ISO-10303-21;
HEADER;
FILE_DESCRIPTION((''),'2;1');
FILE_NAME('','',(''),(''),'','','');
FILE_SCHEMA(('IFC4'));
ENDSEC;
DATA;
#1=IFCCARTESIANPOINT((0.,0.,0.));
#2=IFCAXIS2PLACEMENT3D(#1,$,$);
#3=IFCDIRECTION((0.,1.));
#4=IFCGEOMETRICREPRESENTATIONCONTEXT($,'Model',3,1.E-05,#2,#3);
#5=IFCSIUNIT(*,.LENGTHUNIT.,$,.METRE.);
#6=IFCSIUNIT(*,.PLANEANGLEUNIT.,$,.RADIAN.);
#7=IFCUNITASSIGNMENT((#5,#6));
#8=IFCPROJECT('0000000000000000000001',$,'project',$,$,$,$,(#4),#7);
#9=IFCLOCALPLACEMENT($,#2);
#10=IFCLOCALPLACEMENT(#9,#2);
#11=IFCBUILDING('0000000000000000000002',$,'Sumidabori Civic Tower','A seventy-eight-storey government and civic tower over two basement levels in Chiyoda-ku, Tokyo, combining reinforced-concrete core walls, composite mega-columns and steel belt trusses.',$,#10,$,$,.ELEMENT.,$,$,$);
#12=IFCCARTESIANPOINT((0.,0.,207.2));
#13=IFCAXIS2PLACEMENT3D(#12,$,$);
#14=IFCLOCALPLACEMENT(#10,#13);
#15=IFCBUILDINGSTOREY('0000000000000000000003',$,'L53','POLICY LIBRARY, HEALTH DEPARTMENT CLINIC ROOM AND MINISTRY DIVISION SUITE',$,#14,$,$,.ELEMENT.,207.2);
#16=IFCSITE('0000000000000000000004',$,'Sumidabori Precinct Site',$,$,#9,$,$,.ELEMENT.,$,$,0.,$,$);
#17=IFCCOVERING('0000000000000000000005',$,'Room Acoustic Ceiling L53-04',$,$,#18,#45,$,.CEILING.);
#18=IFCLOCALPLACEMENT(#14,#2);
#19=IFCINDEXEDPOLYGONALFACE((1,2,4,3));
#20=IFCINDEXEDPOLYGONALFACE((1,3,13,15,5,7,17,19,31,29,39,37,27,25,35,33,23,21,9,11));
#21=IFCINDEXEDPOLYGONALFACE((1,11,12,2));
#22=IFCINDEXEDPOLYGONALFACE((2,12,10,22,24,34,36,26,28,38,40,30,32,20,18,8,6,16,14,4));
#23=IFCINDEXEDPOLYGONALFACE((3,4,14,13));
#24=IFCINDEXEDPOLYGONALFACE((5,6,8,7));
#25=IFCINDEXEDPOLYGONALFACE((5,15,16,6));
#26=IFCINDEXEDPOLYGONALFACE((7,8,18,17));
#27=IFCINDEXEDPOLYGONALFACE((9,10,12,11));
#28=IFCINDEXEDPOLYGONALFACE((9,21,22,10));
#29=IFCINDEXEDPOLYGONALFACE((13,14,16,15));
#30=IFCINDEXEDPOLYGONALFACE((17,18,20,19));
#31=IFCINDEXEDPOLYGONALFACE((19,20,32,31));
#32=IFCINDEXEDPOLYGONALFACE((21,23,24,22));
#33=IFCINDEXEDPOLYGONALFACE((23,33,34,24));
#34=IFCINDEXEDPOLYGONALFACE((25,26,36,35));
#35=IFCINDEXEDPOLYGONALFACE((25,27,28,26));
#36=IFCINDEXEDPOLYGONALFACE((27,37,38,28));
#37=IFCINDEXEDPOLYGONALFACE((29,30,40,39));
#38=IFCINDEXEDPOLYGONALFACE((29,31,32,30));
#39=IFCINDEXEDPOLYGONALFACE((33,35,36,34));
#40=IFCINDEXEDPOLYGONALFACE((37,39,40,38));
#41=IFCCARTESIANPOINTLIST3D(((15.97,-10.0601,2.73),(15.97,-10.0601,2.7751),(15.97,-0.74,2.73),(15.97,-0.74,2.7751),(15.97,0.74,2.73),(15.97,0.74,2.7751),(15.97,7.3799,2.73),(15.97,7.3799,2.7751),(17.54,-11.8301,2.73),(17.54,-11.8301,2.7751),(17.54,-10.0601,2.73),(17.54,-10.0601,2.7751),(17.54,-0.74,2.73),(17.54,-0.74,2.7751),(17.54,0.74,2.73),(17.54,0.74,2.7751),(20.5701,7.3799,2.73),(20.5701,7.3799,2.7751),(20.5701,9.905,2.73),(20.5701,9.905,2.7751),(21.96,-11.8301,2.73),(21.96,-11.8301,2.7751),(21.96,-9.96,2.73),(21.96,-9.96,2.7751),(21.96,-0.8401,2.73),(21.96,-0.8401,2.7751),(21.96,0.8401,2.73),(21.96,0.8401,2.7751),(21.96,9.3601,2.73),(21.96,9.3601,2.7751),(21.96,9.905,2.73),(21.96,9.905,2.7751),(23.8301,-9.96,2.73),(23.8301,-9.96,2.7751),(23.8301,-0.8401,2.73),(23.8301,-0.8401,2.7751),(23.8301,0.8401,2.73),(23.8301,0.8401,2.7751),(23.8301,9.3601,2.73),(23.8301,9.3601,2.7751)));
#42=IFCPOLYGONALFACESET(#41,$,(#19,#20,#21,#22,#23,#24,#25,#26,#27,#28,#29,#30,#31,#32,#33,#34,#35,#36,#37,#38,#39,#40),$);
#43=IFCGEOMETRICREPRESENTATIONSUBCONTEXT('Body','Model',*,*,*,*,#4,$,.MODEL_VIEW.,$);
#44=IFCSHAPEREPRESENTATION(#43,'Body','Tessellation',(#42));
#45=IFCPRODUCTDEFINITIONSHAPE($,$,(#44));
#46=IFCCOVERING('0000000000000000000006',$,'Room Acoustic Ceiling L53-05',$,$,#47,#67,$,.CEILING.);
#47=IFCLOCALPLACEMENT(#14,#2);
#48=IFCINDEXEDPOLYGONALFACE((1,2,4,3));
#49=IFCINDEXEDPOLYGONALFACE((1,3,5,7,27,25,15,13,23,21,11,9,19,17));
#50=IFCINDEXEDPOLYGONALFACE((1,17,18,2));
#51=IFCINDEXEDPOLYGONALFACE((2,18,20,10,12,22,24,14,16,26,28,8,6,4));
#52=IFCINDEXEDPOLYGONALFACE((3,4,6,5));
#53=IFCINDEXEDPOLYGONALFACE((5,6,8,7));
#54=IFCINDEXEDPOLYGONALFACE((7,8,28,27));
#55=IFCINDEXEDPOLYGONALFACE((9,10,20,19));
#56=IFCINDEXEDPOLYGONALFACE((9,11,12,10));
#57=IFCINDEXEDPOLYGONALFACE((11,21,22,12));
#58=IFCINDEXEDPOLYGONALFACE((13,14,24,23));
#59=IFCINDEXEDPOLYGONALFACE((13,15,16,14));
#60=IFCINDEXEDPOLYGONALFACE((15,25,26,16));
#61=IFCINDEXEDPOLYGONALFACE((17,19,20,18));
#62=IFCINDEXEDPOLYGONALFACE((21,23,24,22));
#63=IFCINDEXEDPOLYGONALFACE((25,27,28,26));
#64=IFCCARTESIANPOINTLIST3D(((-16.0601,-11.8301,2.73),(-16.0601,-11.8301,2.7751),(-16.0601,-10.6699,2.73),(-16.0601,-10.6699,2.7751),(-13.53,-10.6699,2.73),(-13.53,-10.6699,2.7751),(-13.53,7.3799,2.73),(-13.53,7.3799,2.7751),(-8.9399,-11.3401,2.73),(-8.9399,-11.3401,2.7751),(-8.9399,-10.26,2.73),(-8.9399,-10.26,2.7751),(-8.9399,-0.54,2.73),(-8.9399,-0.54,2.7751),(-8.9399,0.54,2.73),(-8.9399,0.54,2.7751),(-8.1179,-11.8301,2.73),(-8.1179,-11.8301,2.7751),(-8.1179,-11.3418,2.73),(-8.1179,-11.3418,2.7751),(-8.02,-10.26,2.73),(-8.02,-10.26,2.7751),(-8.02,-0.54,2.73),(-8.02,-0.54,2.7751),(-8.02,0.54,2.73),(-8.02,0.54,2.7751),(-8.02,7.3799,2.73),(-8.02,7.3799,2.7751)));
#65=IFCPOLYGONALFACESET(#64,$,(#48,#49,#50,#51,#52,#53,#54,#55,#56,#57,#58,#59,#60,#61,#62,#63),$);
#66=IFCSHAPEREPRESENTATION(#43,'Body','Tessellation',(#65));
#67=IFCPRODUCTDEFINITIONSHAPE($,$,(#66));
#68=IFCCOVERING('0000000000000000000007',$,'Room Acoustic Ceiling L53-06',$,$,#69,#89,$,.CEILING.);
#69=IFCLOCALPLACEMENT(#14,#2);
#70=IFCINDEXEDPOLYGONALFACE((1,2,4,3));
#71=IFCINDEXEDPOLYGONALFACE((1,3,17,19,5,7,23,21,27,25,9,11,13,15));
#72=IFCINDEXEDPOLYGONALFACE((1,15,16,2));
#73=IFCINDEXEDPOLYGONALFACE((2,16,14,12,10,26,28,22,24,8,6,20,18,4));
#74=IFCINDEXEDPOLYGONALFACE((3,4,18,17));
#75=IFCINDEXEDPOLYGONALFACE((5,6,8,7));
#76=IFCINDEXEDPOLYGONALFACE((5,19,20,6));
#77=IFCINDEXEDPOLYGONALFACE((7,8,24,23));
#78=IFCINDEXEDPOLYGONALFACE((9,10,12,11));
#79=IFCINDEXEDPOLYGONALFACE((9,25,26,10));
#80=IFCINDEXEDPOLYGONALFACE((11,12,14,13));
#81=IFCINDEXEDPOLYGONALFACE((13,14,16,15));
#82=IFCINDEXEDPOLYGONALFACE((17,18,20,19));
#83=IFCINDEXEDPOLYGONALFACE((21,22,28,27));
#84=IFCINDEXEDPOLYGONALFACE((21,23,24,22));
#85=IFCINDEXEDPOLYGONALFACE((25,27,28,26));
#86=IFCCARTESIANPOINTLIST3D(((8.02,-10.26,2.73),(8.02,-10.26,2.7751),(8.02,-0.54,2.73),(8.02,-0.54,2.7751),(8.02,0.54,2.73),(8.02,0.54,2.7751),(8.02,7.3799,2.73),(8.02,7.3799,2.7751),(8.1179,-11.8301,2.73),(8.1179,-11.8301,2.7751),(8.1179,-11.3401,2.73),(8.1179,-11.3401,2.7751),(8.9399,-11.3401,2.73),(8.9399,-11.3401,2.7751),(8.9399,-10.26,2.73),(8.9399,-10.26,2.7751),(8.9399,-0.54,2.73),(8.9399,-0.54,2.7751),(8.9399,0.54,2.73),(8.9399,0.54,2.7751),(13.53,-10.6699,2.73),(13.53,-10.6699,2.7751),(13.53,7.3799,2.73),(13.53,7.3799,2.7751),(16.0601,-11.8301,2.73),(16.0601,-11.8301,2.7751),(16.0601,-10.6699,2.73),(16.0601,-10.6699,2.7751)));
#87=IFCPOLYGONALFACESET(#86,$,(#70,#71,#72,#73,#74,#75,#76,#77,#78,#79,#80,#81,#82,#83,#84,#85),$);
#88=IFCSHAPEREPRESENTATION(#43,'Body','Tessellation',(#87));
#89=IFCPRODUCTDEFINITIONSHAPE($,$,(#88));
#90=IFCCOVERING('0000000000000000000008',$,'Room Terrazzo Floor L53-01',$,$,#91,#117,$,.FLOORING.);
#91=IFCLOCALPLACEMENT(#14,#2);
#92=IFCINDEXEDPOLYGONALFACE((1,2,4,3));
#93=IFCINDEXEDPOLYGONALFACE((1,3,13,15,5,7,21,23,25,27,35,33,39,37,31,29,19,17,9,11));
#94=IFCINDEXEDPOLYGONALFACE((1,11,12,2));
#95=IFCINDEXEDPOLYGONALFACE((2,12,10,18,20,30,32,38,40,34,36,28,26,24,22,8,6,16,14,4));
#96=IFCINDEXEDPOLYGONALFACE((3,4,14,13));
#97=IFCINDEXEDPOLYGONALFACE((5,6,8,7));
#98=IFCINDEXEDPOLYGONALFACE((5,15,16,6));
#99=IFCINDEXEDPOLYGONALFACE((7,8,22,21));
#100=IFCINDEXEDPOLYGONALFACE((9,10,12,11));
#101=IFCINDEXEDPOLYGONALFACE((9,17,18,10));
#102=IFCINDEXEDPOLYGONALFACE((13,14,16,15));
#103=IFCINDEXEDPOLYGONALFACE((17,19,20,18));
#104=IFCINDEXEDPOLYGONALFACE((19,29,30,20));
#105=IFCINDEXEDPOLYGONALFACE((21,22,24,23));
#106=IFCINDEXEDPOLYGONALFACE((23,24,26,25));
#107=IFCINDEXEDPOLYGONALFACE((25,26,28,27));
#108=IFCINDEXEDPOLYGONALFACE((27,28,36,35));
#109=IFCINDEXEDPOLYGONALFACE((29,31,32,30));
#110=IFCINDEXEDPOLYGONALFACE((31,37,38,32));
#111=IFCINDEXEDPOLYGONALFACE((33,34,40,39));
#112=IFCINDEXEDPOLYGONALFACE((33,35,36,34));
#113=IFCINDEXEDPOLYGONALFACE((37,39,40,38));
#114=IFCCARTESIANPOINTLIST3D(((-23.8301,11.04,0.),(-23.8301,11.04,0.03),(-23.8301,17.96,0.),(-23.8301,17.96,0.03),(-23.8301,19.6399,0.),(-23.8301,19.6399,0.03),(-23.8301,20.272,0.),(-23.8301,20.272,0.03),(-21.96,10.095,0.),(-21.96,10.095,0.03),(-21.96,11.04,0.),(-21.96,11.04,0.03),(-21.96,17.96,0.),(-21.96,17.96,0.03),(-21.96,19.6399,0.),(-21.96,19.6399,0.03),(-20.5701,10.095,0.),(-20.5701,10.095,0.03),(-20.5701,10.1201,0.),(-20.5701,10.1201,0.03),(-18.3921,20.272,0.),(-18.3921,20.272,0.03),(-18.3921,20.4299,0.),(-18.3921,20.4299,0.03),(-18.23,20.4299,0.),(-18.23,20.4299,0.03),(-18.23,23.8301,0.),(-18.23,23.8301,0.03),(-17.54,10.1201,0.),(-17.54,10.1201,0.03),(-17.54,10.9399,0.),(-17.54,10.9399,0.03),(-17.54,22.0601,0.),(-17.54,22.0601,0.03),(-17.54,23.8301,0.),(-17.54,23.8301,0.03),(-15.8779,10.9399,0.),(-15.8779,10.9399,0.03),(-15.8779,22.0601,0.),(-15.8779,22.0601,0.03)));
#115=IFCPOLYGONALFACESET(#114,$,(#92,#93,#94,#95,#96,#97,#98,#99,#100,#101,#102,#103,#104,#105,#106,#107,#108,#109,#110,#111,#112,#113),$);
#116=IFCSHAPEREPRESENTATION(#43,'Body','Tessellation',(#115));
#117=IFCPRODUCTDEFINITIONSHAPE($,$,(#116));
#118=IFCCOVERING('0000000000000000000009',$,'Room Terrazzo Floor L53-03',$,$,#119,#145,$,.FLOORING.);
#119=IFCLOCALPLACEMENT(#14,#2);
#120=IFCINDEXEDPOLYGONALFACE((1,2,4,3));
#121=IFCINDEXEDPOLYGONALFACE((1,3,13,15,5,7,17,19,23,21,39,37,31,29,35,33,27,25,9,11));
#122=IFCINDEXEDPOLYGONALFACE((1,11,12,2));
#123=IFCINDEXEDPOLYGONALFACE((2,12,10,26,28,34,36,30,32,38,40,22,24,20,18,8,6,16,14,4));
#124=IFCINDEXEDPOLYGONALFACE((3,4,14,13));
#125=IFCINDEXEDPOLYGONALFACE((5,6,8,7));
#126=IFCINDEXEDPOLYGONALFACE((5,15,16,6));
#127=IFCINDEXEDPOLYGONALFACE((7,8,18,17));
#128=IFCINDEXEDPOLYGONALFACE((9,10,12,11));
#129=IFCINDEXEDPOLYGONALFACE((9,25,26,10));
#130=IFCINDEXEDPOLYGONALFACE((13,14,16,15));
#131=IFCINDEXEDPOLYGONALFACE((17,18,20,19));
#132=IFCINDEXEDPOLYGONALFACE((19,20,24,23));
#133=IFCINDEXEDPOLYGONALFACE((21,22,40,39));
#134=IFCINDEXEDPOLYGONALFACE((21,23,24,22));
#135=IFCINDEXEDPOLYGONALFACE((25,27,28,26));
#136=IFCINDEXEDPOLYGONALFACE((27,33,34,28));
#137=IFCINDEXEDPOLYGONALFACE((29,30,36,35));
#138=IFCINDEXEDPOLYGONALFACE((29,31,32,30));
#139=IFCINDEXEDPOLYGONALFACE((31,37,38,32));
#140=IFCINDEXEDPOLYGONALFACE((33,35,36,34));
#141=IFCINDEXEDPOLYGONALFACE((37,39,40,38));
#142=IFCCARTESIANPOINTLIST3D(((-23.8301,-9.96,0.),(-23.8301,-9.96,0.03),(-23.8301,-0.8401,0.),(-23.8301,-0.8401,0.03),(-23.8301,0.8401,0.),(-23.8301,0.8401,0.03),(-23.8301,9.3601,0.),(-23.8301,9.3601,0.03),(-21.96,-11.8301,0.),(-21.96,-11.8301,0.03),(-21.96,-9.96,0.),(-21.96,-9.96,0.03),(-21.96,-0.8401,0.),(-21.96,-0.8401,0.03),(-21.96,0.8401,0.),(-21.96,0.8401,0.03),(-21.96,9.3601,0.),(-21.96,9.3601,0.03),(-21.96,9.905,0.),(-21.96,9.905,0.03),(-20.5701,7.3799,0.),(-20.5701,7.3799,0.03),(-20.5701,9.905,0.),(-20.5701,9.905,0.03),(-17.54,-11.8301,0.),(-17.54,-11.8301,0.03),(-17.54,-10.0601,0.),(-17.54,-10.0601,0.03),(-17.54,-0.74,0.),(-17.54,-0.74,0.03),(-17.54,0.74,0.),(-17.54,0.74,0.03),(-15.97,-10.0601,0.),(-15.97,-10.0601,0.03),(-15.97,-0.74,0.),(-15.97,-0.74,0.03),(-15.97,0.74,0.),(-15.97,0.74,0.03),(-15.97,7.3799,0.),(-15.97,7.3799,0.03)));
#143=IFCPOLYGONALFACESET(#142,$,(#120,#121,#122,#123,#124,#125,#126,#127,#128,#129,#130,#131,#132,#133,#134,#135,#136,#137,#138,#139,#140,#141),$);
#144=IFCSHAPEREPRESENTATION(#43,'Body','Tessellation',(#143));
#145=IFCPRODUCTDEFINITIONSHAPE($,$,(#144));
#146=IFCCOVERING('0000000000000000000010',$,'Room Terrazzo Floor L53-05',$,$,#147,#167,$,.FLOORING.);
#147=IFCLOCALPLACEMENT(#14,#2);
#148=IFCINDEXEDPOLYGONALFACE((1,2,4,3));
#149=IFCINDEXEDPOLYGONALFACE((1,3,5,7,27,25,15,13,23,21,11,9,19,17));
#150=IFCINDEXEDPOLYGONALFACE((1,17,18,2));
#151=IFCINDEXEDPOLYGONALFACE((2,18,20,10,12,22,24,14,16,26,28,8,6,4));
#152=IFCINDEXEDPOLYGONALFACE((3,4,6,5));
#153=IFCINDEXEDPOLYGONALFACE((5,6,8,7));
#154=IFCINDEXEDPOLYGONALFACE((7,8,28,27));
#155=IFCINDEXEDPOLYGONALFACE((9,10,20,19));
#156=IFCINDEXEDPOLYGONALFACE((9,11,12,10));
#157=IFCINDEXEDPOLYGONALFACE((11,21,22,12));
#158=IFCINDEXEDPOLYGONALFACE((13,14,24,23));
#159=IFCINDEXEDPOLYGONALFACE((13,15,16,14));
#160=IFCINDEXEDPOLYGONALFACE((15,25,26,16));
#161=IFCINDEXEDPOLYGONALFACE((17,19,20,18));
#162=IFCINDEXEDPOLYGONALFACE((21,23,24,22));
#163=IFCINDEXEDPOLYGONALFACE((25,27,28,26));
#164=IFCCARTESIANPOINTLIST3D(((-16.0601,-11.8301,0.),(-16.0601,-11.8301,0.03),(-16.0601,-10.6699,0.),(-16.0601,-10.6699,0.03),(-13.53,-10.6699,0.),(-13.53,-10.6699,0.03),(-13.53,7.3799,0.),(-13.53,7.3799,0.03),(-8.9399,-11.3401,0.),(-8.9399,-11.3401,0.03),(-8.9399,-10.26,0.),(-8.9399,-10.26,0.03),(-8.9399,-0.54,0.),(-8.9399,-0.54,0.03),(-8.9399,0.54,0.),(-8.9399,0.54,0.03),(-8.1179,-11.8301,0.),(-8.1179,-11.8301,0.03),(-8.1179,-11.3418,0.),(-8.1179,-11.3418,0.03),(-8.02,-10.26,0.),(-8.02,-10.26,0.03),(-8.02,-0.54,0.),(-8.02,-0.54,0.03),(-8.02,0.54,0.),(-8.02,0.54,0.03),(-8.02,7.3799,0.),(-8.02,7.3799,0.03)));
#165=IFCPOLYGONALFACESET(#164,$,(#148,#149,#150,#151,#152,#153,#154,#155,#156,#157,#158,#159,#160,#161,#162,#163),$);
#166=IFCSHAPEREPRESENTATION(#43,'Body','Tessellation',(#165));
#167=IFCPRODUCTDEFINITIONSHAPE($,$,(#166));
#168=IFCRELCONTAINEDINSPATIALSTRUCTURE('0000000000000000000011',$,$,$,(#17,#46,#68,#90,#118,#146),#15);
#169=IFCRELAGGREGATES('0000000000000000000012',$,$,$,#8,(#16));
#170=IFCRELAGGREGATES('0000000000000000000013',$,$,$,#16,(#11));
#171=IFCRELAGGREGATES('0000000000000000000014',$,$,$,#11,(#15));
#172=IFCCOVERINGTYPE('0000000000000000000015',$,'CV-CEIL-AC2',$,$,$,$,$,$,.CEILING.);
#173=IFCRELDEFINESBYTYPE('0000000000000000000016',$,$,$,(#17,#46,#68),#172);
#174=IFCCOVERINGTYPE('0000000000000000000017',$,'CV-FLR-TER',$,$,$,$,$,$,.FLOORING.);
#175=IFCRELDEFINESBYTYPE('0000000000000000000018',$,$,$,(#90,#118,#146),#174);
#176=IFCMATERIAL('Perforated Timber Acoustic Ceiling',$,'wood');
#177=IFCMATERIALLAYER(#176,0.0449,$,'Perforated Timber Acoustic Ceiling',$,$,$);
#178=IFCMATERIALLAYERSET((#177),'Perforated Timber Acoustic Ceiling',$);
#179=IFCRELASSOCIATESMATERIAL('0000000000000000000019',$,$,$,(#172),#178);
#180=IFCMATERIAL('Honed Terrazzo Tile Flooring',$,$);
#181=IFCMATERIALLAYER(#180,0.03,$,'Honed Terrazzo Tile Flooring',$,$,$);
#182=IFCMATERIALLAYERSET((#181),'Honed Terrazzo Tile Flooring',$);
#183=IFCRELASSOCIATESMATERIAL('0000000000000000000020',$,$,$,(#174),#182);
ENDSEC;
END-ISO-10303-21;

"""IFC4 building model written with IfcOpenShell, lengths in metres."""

from ifc_helpers import new_model, si_unit, direction, frame, origin, place, context, subcontext, project, spatial, polyline, outline, extrude, material, layer, layer_set, type_object, element, save


model = new_model("IFC4")

# Units and contexts
model_context = context("Model", 3, precision=1e-05, world=origin(), true_north=direction((0.0, 1.0)))
body_context = subcontext(model_context, "Body", "Model", "MODEL_VIEW")
ifc_project = project(units=[si_unit("LENGTHUNIT", "METRE"), si_unit("PLANEANGLEUNIT", "RADIAN")], contexts=[model_context])

# Site, building, storey
site_placement = place(None, origin())
site = spatial("IfcSite", under=ifc_project, at=site_placement, Name="Sumidabori Precinct Site", CompositionType="ELEMENT", RefElevation=0.0)
building_placement = place(site_placement, origin())
building = spatial("IfcBuilding", under=site, at=building_placement, Name="Sumidabori Civic Tower", Description="A seventy-eight-storey government and civic tower over two basement levels in Chiyoda-ku, Tokyo, combining reinforced-concrete core walls, composite mega-columns and steel belt trusses.", CompositionType="ELEMENT")
storey_placement = place(building_placement, frame((0.0, 0.0, 207.2)))
storey = spatial("IfcBuildingStorey", under=building, at=storey_placement, Name="L53", Description="POLICY LIBRARY, HEALTH DEPARTMENT CLINIC ROOM AND MINISTRY DIVISION SUITE", CompositionType="ELEMENT", Elevation=207.2)

# Coverings
ifc_material_1 = material(Name="Perforated Timber Acoustic Ceiling", Category="wood")
ifc_layer_1 = layer(ifc_material_1, 0.0449, Name="Perforated Timber Acoustic Ceiling")
ifc_layer_set_1 = layer_set([ifc_layer_1], Name="Perforated Timber Acoustic Ceiling")
covering_type_1 = type_object("IfcCoveringType", Name="CV-CEIL-AC2", PredefinedType="CEILING", material=ifc_layer_set_1)
covering_1_placement = place(storey_placement, frame((0.0, 0.0, 2.73)))
element("IfcCovering", 1, at=covering_1_placement, inside=storey, type_object=covering_type_1, Name="Room Acoustic Ceiling L53-04", PredefinedType="CEILING", context=body_context, shape_type="SweptSolid", body=[
    extrude(outline(polyline([(17.54, -10.0601), (15.97, -10.0601), (15.97, -0.74), (17.54, -0.74), (17.54, 0.74), (15.97, 0.74), (15.97, 7.3799), (20.5701, 7.3799), (20.5701, 9.905), (21.96, 9.905), (21.96, 9.3601), (23.8301, 9.3601), (23.8301, 0.8401), (21.96, 0.8401), (21.96, -0.8401), (23.8301, -0.8401), (23.8301, -9.96), (21.96, -9.96), (21.96, -11.8301), (17.54, -11.8301), (17.54, -10.0601)])), origin(), (0.0, 0.0, 1.0), 0.0452),
])
covering_2_placement = place(storey_placement, frame((0.0, 0.0, 2.73)))
element("IfcCovering", 2, at=covering_2_placement, inside=storey, type_object=covering_type_1, Name="Room Acoustic Ceiling L53-05", PredefinedType="CEILING", context=body_context, shape_type="SweptSolid", body=[
    extrude(outline(polyline([(-16.0601, -10.6699), (-13.53, -10.6699), (-13.53, 7.3799), (-8.02, 7.3799), (-8.02, 0.54), (-8.9399, 0.54), (-8.9399, -0.54), (-8.02, -0.54), (-8.02, -10.26), (-8.9399, -10.26), (-8.9399, -11.3401), (-8.1179, -11.3418), (-8.1179, -11.8301), (-16.0601, -11.8301), (-16.0601, -10.6699)])), origin(), (0.0, 0.0, 1.0), 0.0452),
])
covering_3_placement = place(storey_placement, frame((0.0, 0.0, 2.73)))
element("IfcCovering", 3, at=covering_3_placement, inside=storey, type_object=covering_type_1, Name="Room Acoustic Ceiling L53-06", PredefinedType="CEILING", context=body_context, shape_type="SweptSolid", body=[
    extrude(outline(polyline([(8.9399, -11.3401), (8.9399, -10.26), (8.02, -10.26), (8.02, -0.54), (8.9399, -0.54), (8.9399, 0.54), (8.02, 0.54), (8.02, 7.3799), (13.53, 7.3799), (13.53, -10.6699), (16.0601, -10.6699), (16.0601, -11.8301), (8.1179, -11.8301), (8.1179, -11.3401), (8.9399, -11.3401)])), origin(), (0.0, 0.0, 1.0), 0.0452),
])
ifc_material_2 = material(Name="Honed Terrazzo Tile Flooring")
ifc_layer_2 = layer(ifc_material_2, 0.03, Name="Honed Terrazzo Tile Flooring")
ifc_layer_set_2 = layer_set([ifc_layer_2], Name="Honed Terrazzo Tile Flooring")
covering_type_2 = type_object("IfcCoveringType", Name="CV-FLR-TER", PredefinedType="FLOORING", material=ifc_layer_set_2)
covering_4_placement = place(storey_placement, origin())
element("IfcCovering", 4, at=covering_4_placement, inside=storey, type_object=covering_type_2, Name="Room Terrazzo Floor L53-01", PredefinedType="FLOORING", context=body_context, shape_type="SweptSolid", body=[
    extrude(outline(polyline([(-23.8301, 17.96), (-21.96, 17.96), (-21.96, 19.6399), (-23.8301, 19.6399), (-23.8301, 20.272), (-18.3921, 20.272), (-18.3921, 20.4299), (-18.23, 20.4299), (-18.23, 23.8301), (-17.54, 23.8301), (-17.54, 22.0601), (-15.8779, 22.0601), (-15.8779, 10.9399), (-17.54, 10.9399), (-17.54, 10.1201), (-20.5701, 10.1201), (-20.5701, 10.095), (-21.96, 10.095), (-21.96, 11.04), (-23.8301, 11.04), (-23.8301, 17.96)])), origin(), (0.0, 0.0, 1.0), 0.03),
])
covering_5_placement = place(storey_placement, origin())
element("IfcCovering", 5, at=covering_5_placement, inside=storey, type_object=covering_type_2, Name="Room Terrazzo Floor L53-03", PredefinedType="FLOORING", context=body_context, shape_type="SweptSolid", body=[
    extrude(outline(polyline([(-23.8301, -0.8401), (-21.96, -0.8401), (-21.96, 0.8401), (-23.8301, 0.8401), (-23.8301, 9.3601), (-21.96, 9.3601), (-21.96, 9.905), (-20.5701, 9.905), (-20.5701, 7.3799), (-15.97, 7.3799), (-15.97, 0.74), (-17.54, 0.74), (-17.54, -0.74), (-15.97, -0.74), (-15.97, -10.0601), (-17.54, -10.0601), (-17.54, -11.8301), (-21.96, -11.8301), (-21.96, -9.96), (-23.8301, -9.96), (-23.8301, -0.8401)])), origin(), (0.0, 0.0, 1.0), 0.03),
])
covering_6_placement = place(storey_placement, origin())
element("IfcCovering", 6, at=covering_6_placement, inside=storey, type_object=covering_type_2, Name="Room Terrazzo Floor L53-05", PredefinedType="FLOORING", context=body_context, shape_type="SweptSolid", body=[
    extrude(outline(polyline([(-16.0601, -10.6699), (-13.53, -10.6699), (-13.53, 7.3799), (-8.02, 7.3799), (-8.02, 0.54), (-8.9399, 0.54), (-8.9399, -0.54), (-8.02, -0.54), (-8.02, -10.26), (-8.9399, -10.26), (-8.9399, -11.3401), (-8.1179, -11.3418), (-8.1179, -11.8301), (-16.0601, -11.8301), (-16.0601, -10.6699)])), origin(), (0.0, 0.0, 1.0), 0.03),
])

save(model, "model.ifc")
